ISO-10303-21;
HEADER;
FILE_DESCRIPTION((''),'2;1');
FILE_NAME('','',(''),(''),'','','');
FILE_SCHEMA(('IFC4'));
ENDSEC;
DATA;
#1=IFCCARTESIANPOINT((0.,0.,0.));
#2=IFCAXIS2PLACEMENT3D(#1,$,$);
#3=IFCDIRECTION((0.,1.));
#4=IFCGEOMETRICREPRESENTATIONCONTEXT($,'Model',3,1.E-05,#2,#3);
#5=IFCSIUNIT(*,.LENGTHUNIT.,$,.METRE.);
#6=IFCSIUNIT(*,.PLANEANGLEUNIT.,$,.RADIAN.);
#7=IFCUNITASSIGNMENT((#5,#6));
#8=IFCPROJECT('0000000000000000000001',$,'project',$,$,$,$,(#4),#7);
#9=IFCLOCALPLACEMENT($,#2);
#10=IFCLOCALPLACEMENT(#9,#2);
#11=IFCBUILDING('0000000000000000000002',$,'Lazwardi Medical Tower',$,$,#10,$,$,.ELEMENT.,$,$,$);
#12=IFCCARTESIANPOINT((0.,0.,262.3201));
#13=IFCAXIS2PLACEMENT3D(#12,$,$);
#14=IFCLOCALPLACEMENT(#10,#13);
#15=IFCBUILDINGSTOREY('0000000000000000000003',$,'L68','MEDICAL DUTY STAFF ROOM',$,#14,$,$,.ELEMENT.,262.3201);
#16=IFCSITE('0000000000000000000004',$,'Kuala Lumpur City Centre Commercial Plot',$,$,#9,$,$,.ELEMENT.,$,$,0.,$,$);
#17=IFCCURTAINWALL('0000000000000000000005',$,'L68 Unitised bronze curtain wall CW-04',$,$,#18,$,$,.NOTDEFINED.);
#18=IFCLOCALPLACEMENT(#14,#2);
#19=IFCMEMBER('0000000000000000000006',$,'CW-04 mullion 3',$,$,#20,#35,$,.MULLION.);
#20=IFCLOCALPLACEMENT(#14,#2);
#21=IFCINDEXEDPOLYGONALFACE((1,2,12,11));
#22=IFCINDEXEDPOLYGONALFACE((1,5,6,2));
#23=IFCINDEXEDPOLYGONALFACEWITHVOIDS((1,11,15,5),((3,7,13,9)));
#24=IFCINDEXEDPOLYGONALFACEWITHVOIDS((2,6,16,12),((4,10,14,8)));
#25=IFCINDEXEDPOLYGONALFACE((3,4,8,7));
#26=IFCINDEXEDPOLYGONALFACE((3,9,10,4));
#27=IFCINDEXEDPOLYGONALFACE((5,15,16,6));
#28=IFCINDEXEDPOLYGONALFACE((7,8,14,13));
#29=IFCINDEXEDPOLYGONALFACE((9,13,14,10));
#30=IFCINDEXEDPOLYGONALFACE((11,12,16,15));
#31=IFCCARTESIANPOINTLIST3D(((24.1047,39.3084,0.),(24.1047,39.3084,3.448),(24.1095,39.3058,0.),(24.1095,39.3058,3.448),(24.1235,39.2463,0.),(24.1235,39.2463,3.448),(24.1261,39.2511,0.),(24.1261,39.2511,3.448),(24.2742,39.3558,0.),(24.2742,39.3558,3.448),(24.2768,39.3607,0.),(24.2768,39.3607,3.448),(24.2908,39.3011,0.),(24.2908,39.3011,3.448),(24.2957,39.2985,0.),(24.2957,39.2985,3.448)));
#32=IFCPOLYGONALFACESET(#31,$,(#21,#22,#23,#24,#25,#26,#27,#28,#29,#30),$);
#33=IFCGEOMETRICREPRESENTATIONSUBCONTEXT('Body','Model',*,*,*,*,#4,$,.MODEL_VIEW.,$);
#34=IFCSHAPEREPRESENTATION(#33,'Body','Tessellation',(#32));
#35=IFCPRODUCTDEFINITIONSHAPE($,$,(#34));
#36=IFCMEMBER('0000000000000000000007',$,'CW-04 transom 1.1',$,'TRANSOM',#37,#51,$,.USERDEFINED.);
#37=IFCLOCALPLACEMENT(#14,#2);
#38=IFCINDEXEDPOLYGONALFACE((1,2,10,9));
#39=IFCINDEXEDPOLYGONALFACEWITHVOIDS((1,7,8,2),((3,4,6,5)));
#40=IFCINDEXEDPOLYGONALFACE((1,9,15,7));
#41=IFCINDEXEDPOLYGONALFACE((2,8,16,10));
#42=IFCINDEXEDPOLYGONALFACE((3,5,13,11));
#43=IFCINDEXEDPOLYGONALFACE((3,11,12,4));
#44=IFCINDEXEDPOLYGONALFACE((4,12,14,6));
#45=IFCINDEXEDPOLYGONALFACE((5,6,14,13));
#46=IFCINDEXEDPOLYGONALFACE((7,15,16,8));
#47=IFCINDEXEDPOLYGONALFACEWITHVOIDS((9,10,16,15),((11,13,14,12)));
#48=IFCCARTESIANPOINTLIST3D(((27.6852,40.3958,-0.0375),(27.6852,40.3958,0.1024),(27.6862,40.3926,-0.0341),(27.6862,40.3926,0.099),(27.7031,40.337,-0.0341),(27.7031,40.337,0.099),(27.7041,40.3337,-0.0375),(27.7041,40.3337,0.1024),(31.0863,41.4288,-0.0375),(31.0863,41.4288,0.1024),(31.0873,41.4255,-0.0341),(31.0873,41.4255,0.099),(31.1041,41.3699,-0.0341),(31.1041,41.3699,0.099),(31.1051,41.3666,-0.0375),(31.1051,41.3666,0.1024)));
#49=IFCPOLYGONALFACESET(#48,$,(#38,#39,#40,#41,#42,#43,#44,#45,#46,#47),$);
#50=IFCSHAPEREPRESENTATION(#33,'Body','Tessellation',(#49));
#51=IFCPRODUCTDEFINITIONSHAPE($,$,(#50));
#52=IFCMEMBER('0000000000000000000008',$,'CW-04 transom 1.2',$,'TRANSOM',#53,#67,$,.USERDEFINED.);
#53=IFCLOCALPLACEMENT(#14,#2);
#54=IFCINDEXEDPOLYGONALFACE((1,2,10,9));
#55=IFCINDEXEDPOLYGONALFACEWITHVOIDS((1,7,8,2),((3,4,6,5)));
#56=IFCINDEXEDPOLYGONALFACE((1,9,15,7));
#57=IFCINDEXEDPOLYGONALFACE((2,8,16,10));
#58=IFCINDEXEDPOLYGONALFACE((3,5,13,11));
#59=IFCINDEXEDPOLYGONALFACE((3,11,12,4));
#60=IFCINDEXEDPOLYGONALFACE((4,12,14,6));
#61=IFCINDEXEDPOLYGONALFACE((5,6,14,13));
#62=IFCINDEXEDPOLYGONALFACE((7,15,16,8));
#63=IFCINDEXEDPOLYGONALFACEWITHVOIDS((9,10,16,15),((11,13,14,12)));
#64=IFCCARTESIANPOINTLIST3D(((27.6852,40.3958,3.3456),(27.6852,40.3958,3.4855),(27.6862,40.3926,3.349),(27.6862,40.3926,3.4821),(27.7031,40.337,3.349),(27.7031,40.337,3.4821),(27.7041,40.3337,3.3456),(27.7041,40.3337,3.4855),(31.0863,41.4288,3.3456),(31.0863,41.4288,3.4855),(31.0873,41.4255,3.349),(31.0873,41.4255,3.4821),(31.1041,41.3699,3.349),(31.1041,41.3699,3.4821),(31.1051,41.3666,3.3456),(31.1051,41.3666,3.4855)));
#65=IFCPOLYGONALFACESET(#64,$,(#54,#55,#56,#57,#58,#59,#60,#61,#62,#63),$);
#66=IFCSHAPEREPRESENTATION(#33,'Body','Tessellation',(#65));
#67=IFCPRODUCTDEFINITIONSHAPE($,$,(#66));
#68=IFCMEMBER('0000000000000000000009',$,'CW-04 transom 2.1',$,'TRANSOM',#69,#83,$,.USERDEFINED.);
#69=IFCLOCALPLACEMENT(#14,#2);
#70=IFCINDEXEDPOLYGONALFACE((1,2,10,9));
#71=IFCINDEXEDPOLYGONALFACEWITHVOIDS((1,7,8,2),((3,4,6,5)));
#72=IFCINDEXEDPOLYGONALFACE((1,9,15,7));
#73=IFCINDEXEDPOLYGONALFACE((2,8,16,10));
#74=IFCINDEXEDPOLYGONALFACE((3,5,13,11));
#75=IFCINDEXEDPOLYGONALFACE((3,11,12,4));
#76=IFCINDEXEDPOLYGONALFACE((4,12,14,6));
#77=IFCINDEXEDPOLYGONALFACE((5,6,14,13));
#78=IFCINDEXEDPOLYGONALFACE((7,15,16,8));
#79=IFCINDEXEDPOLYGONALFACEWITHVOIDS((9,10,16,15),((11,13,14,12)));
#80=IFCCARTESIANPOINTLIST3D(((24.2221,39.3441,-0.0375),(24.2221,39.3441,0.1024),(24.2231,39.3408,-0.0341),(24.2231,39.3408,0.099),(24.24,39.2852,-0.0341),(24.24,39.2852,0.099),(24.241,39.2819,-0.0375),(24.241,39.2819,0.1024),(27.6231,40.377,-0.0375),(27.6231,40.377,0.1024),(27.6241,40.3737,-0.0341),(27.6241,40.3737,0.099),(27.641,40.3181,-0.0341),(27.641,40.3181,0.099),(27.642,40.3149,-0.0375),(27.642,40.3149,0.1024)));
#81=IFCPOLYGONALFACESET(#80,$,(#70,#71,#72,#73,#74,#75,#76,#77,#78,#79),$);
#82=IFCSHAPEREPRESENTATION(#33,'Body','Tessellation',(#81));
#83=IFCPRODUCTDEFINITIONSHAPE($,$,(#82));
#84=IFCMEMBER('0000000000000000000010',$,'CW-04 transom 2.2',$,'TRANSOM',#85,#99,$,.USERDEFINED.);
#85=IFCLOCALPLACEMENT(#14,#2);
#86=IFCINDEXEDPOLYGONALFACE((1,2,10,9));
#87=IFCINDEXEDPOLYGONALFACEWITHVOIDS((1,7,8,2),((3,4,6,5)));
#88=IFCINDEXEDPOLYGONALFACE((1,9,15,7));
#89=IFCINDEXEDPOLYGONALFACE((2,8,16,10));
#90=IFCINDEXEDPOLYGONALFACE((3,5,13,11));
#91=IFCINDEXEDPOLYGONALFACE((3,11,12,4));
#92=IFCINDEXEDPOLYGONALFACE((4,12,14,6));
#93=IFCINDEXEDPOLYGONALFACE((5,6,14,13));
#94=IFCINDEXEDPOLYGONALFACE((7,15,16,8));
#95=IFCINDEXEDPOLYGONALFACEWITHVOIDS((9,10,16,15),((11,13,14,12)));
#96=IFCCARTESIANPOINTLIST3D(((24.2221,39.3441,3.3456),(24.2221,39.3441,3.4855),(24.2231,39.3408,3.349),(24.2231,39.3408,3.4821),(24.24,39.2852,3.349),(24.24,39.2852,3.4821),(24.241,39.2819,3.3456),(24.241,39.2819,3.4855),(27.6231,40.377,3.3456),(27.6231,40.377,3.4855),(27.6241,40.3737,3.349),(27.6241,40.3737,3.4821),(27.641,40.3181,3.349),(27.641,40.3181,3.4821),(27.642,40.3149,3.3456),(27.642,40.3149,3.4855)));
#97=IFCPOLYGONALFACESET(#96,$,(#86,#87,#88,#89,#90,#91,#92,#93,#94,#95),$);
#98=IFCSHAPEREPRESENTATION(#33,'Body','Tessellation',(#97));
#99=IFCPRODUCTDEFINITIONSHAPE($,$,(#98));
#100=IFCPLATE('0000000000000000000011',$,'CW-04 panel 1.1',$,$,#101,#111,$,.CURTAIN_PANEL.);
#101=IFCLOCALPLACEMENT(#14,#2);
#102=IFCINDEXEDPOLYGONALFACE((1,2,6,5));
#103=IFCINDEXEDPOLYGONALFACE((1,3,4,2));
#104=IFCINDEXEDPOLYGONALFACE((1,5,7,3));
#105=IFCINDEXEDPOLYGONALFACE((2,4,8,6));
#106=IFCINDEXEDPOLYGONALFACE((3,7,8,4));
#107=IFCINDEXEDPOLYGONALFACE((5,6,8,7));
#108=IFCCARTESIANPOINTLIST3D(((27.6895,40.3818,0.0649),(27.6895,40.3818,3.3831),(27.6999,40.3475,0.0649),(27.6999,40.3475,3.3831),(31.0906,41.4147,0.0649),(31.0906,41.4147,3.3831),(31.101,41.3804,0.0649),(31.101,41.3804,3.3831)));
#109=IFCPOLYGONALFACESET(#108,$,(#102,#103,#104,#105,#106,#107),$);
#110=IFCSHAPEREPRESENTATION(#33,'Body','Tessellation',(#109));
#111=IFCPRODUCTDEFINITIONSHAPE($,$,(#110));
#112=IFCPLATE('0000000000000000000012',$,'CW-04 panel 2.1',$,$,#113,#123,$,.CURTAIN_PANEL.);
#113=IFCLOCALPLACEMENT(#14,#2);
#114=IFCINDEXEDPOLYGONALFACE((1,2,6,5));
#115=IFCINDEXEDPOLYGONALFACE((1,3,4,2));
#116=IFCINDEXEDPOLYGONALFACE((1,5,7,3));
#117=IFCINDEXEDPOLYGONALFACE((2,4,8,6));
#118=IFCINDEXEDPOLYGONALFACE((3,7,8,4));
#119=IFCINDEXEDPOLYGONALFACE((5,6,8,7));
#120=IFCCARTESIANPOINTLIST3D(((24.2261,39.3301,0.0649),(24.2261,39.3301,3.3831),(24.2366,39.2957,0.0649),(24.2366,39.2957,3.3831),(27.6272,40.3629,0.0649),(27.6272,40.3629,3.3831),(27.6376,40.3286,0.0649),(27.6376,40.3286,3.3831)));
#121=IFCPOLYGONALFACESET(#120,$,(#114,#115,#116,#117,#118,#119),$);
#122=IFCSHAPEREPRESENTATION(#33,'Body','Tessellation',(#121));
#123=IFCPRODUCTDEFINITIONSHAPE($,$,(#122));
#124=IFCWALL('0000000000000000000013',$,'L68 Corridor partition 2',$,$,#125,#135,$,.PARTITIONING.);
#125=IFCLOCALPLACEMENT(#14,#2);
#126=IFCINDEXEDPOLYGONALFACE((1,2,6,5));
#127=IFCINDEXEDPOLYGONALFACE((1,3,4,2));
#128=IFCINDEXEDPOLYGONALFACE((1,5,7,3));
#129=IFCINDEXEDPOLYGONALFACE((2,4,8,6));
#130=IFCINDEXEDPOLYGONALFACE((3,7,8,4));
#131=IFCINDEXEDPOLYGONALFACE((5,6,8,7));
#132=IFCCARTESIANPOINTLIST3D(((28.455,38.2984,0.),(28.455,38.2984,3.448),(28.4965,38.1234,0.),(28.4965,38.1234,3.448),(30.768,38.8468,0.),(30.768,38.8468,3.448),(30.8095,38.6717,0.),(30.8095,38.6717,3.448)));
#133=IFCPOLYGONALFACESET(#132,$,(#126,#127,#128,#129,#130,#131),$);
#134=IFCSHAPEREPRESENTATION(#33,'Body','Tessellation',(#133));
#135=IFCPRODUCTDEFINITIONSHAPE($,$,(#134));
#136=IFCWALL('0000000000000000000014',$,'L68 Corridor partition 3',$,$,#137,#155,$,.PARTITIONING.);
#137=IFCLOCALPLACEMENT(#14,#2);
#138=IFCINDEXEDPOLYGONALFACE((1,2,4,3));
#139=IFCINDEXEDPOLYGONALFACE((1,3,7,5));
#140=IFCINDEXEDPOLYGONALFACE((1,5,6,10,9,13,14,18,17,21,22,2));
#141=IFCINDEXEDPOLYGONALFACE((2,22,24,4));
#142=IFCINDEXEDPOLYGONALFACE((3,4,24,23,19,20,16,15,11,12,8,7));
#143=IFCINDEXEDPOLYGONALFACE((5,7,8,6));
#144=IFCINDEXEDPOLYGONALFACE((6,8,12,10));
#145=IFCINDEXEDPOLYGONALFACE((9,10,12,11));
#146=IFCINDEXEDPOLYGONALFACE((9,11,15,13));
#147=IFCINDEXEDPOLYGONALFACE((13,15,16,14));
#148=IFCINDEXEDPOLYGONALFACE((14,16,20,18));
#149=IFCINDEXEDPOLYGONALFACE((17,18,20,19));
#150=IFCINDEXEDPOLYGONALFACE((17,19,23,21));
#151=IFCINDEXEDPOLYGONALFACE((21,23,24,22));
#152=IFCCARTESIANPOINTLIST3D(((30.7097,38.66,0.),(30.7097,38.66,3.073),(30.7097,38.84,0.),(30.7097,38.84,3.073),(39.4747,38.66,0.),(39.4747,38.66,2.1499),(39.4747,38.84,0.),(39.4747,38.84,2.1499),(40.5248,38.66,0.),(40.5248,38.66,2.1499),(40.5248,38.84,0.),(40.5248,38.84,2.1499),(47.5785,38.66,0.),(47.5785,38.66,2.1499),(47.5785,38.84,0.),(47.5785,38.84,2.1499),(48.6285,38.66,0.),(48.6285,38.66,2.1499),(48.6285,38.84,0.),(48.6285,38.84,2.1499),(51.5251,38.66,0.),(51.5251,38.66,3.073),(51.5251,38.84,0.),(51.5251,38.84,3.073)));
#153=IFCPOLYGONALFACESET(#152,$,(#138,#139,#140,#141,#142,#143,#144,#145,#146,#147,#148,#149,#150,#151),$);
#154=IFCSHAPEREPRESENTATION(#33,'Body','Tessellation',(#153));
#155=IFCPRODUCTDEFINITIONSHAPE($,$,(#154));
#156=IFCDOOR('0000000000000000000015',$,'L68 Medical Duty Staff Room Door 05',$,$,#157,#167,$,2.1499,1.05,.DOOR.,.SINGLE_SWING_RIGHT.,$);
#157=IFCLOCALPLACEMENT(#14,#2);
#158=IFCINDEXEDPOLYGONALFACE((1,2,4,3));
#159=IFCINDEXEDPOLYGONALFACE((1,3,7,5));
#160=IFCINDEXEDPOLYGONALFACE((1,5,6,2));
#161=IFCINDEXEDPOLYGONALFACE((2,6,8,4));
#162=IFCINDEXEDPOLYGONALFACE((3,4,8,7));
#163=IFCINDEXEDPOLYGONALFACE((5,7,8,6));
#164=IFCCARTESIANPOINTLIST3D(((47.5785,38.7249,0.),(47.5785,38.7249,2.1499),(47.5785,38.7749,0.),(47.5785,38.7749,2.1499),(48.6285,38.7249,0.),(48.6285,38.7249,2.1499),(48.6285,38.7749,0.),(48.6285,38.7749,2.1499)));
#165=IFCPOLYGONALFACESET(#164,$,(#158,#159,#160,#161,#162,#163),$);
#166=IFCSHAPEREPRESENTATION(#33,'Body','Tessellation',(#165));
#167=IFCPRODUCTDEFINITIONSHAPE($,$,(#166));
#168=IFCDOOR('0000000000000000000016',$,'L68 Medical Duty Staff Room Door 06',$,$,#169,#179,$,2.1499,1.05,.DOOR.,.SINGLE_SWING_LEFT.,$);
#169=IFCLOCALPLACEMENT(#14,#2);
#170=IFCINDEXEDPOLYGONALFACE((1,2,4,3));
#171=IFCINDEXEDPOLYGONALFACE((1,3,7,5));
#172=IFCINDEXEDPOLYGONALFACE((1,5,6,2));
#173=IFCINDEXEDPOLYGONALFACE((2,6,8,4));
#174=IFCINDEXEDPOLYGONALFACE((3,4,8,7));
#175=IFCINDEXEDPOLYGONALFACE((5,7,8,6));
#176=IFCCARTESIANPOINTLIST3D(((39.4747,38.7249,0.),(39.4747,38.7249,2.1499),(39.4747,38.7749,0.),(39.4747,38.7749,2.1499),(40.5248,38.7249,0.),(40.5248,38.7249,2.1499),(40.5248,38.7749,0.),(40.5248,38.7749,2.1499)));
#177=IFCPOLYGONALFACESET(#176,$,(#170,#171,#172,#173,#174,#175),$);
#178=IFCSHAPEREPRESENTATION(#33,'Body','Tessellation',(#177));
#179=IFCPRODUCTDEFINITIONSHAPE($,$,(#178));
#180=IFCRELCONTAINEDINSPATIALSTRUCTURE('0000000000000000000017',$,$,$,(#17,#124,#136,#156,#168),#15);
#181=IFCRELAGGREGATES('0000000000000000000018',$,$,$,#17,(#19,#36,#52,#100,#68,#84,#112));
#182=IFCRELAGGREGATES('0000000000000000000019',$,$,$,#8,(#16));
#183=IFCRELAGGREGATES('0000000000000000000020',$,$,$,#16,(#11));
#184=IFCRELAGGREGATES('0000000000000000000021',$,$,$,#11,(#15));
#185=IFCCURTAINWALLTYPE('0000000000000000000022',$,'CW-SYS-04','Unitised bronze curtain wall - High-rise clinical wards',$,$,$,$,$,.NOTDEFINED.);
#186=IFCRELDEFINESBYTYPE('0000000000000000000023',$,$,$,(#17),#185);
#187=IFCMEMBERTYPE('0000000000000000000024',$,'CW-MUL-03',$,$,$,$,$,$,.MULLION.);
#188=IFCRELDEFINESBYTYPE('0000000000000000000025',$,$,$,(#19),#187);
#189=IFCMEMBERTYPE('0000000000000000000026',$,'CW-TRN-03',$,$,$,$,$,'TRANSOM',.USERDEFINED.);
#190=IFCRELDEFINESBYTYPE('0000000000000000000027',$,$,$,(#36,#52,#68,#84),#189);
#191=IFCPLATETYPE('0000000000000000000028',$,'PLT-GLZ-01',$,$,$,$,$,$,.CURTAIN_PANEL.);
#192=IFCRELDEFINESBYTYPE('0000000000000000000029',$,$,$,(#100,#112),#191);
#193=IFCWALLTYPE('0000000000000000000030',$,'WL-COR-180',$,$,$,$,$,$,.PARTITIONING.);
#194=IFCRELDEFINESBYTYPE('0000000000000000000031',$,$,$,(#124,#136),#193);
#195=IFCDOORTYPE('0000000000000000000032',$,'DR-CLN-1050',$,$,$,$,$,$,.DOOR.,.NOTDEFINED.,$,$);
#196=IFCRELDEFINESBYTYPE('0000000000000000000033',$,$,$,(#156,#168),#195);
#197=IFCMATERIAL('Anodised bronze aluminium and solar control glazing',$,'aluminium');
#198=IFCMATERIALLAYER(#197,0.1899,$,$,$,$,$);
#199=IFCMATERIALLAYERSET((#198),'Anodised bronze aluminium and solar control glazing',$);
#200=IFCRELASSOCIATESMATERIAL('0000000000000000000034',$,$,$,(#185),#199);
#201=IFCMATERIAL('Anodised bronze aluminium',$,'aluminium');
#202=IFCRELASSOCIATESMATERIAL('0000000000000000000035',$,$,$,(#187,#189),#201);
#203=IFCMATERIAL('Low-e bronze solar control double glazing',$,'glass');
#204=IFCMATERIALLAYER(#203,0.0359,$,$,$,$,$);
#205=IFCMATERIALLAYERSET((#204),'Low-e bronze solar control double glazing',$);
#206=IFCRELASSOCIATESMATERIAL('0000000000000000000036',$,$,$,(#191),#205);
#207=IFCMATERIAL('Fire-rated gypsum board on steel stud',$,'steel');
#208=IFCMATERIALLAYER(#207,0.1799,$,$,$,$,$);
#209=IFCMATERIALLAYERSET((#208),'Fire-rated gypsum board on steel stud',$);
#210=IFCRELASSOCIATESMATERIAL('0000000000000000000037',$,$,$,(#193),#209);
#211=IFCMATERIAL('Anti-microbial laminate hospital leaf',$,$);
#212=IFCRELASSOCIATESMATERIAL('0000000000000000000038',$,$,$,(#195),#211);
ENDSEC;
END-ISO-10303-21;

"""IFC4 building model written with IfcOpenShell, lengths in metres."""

from ifc_helpers import new_model, si_unit, direction, frame, frame_2d, origin, origin_2d, place, context, subcontext, project, spatial, rectangle, hollow_rectangle, extrude, material, layer, layer_set, material_profile, profile_set, type_object, element, fill, aggregate, save


model = new_model("IFC4")

# Units and contexts
model_context = context("Model", 3, precision=1e-05, world=origin(), true_north=direction((0.0, 1.0)))
body_context = subcontext(model_context, "Body", "Model", "MODEL_VIEW")
ifc_project = project(units=[si_unit("LENGTHUNIT", "METRE"), si_unit("PLANEANGLEUNIT", "RADIAN")], contexts=[model_context])

# Site, building, storey
site_placement = place(None, origin())
site = spatial("IfcSite", under=ifc_project, at=site_placement, Name="Kuala Lumpur City Centre Commercial Plot", CompositionType="ELEMENT", RefElevation=0.0)
building_placement = place(site_placement, origin())
building = spatial("IfcBuilding", under=site, at=building_placement, Name="Lazwardi Medical Tower", CompositionType="ELEMENT")
storey_placement = place(building_placement, frame((0.0, 0.0, 262.3201)))
storey = spatial("IfcBuildingStorey", under=building, at=storey_placement, Name="L68", Description="MEDICAL DUTY STAFF ROOM", CompositionType="ELEMENT", Elevation=262.3201)

# Curtain wall, members, plates
ifc_material_1 = material(Name="Anodised bronze aluminium and solar control glazing", Category="aluminium")
ifc_layer_1 = layer(ifc_material_1, 0.1899)
ifc_layer_set_1 = layer_set([ifc_layer_1], Name="Anodised bronze aluminium and solar control glazing")
curtain_wall_type = type_object("IfcCurtainWallType", Name="CW-SYS-04", Description="Unitised bronze curtain wall - High-rise clinical wards", PredefinedType="NOTDEFINED", material=ifc_layer_set_1)
curtain_wall_placement = place(storey_placement, origin())
curtain_wall = element("IfcCurtainWall", 1, at=curtain_wall_placement, inside=storey, type_object=curtain_wall_type, Name="L68 Unitised bronze curtain wall CW-04", PredefinedType="NOTDEFINED")
ifc_material_2 = material(Name="Anodised bronze aluminium", Category="aluminium")
ifc_material_profile_1 = material_profile(ifc_material_2, hollow_rectangle(XDim=0.0649, YDim=0.1799, WallThickness=0.0039, at=origin_2d()), Name="ALU-MULLION 180x65x4")
ifc_profile_set_1 = profile_set([ifc_material_profile_1], Name="Anodised bronze aluminium")
member_type_1 = type_object("IfcMemberType", Name="CW-MUL-03", PredefinedType="MULLION", material=ifc_profile_set_1)
member_1_placement = place(storey_placement, frame((24.2002, 39.3035, 0.0), z_axis=(0.0, 0.0, 1.0), x_axis=(0.290582, -0.95685, 0.0)))
member_1 = element("IfcMember", 2, at=member_1_placement, type_object=member_type_1, Name="CW-04 mullion 3", PredefinedType="MULLION", context=body_context, shape_type="SweptSolid", body=[
    extrude(hollow_rectangle(XDim=0.0649, YDim=0.1799, WallThickness=0.0039, at=origin_2d()), origin(), (0.0, 0.0, 1.0), 3.448),
])
ifc_material_profile_2 = material_profile(ifc_material_2, hollow_rectangle(XDim=0.0649, YDim=0.1399, WallThickness=0.0034, at=origin_2d()), Name="ALU-TRANSOM 140x65x3.5")
ifc_profile_set_2 = profile_set([ifc_material_profile_2], Name="Anodised bronze aluminium")
member_type_2 = type_object("IfcMemberType", Name="CW-TRN-03", ElementType="TRANSOM", PredefinedType="USERDEFINED", material=ifc_profile_set_2)
member_2_placement = place(storey_placement, frame((31.0957, 41.3977, 0.0325), z_axis=(-0.956843, -0.290604, 0.0), x_axis=(0.290604, -0.956843, 0.0)))
member_2 = element("IfcMember", 3, at=member_2_placement, type_object=member_type_2, Name="CW-04 transom 1.1", ObjectType="TRANSOM", PredefinedType="USERDEFINED", context=body_context, shape_type="SweptSolid", body=[
    extrude(hollow_rectangle(XDim=0.0649, YDim=0.1399, WallThickness=0.0034, at=origin_2d()), origin(), (0.0, 0.0, 1.0), 3.5544),
])
member_3_placement = place(storey_placement, frame((31.0957, 41.3977, 3.4155), z_axis=(-0.956843, -0.290604, 0.0), x_axis=(0.290604, -0.956843, 0.0)))
member_3 = element("IfcMember", 4, at=member_3_placement, type_object=member_type_2, Name="CW-04 transom 1.2", ObjectType="TRANSOM", PredefinedType="USERDEFINED", context=body_context, shape_type="SweptSolid", body=[
    extrude(hollow_rectangle(XDim=0.0649, YDim=0.1399, WallThickness=0.0034, at=origin_2d()), origin(), (0.0, 0.0, 1.0), 3.5544),
])
member_4_placement = place(storey_placement, frame((27.6326, 40.3459, 0.0325), z_axis=(-0.956843, -0.290604, 0.0), x_axis=(0.290604, -0.956843, 0.0)))
member_4 = element("IfcMember", 5, at=member_4_placement, type_object=member_type_2, Name="CW-04 transom 2.1", ObjectType="TRANSOM", PredefinedType="USERDEFINED", context=body_context, shape_type="SweptSolid", body=[
    extrude(hollow_rectangle(XDim=0.0649, YDim=0.1399, WallThickness=0.0034, at=origin_2d()), origin(), (0.0, 0.0, 1.0), 3.5544),
])
member_5_placement = place(storey_placement, frame((27.6326, 40.3459, 3.4155), z_axis=(-0.956843, -0.290604, 0.0), x_axis=(0.290604, -0.956843, 0.0)))
member_5 = element("IfcMember", 6, at=member_5_placement, type_object=member_type_2, Name="CW-04 transom 2.2", ObjectType="TRANSOM", PredefinedType="USERDEFINED", context=body_context, shape_type="SweptSolid", body=[
    extrude(hollow_rectangle(XDim=0.0649, YDim=0.1399, WallThickness=0.0034, at=origin_2d()), origin(), (0.0, 0.0, 1.0), 3.5544),
])
ifc_material_3 = material(Name="Low-e bronze solar control double glazing", Category="glass")
ifc_layer_2 = layer(ifc_material_3, 0.0359)
ifc_layer_set_2 = layer_set([ifc_layer_2], Name="Low-e bronze solar control double glazing")
plate_type = type_object("IfcPlateType", Name="PLT-GLZ-01", PredefinedType="CURTAIN_PANEL", material=ifc_layer_set_2)
plate_1_placement = place(storey_placement, frame((29.3953, 40.8811, 0.0649), z_axis=(0.0, 0.0, 1.0), x_axis=(-0.95685, -0.290582, 0.0)))
plate_1 = element("IfcPlate", 7, at=plate_1_placement, type_object=plate_type, Name="CW-04 panel 1.1", PredefinedType="CURTAIN_PANEL", context=body_context, shape_type="SweptSolid", body=[
    extrude(rectangle(XDim=3.5544, YDim=0.0359, at=origin_2d()), origin(), (0.0, 0.0, 1.0), 3.3181),
])
plate_2_placement = place(storey_placement, frame((25.9319, 39.8293, 0.0649), z_axis=(0.0, 0.0, 1.0), x_axis=(-0.95685, -0.290582, 0.0)))
plate_2 = element("IfcPlate", 8, at=plate_2_placement, type_object=plate_type, Name="CW-04 panel 2.1", PredefinedType="CURTAIN_PANEL", context=body_context, shape_type="SweptSolid", body=[
    extrude(rectangle(XDim=3.5544, YDim=0.0359, at=origin_2d()), origin(), (0.0, 0.0, 1.0), 3.3181),
])
aggregate(curtain_wall, [member_1, member_2, member_3, plate_1, member_4, member_5, plate_2])

# Wall
ifc_material_4 = material(Name="Fire-rated gypsum board on steel stud", Category="steel")
ifc_layer_3 = layer(ifc_material_4, 0.1799)
ifc_layer_set_3 = layer_set([ifc_layer_3], Name="Fire-rated gypsum board on steel stud")
wall_type = type_object("IfcWallType", Name="WL-COR-180", PredefinedType="PARTITIONING", material=ifc_layer_set_3)
wall_1_placement = place(storey_placement, frame((28.4758, 38.2109, 0.0), z_axis=(0.0, 0.0, 1.0), x_axis=(0.973031, 0.230676, 0.0)))
element("IfcWall", 9, at=wall_1_placement, inside=storey, type_object=wall_type, Name="L68 Corridor partition 2", PredefinedType="PARTITIONING", context=body_context, shape_type="SweptSolid", body=[
    extrude(rectangle(XDim=2.3772, YDim=0.1799, at=frame_2d((1.1885, 0.0))), origin(), (0.0, 0.0, 1.0), 3.448),
])

# Wall, openings, doors
wall_2_placement = place(storey_placement, frame((30.7097, 38.75, 0.0), z_axis=(0.0, 0.0, 1.0), x_axis=(1.0, 0.0, 0.0)))
wall_2 = element("IfcWall", 10, at=wall_2_placement, inside=storey, type_object=wall_type, Name="L68 Corridor partition 3", PredefinedType="PARTITIONING", context=body_context, shape_type="SweptSolid", body=[
    extrude(rectangle(XDim=20.8154, YDim=0.1799, at=frame_2d((10.4077, 0.0))), origin(), (0.0, 0.0, 1.0), 3.073),
])
opening_1_placement = place(wall_2_placement, frame((16.8689, 0.0, 0.0)))
opening_1 = element("IfcOpeningElement", 11, at=opening_1_placement, cuts=wall_2, PredefinedType="OPENING", context=body_context, shape_type="SweptSolid", body=[
    extrude(rectangle(XDim=1.05, YDim=2.1499, at=frame_2d((0.5249, 1.075))), frame((0.0, 0.0999, 0.0), z_axis=(0.0, -1.0, 0.0), x_axis=(1.0, 0.0, 0.0)), (0.0, 0.0, 1.0), 0.2),
])
opening_2_placement = place(wall_2_placement, frame((8.7651, 0.0, 0.0)))
opening_2 = element("IfcOpeningElement", 12, at=opening_2_placement, cuts=wall_2, PredefinedType="OPENING", context=body_context, shape_type="SweptSolid", body=[
    extrude(rectangle(XDim=1.05, YDim=2.1499, at=frame_2d((0.5249, 1.075))), frame((0.0, 0.0999, 0.0), z_axis=(0.0, -1.0, 0.0), x_axis=(1.0, 0.0, 0.0)), (0.0, 0.0, 1.0), 0.2),
])
ifc_material_5 = material(Name="Anti-microbial laminate hospital leaf")
door_type = type_object("IfcDoorType", Name="DR-CLN-1050", OperationType="NOTDEFINED", PredefinedType="DOOR", material=ifc_material_5)
door_1_placement = place(opening_1_placement, origin())
door_1 = element("IfcDoor", 13, at=door_1_placement, inside=storey, type_object=door_type, Name="L68 Medical Duty Staff Room Door 05", OperationType="SINGLE_SWING_RIGHT", OverallHeight=2.1499, OverallWidth=1.05, PredefinedType="DOOR", context=body_context, shape_type="SweptSolid", body=[
    extrude(rectangle(XDim=1.05, YDim=2.1499, at=frame_2d((0.5249, 1.075))), frame((0.0, 0.0249, 0.0), z_axis=(0.0, -1.0, 0.0), x_axis=(1.0, 0.0, 0.0)), (0.0, 0.0, 1.0), 0.05),
])
fill(opening_1, door_1)
door_2_placement = place(opening_2_placement, origin())
door_2 = element("IfcDoor", 14, at=door_2_placement, inside=storey, type_object=door_type, Name="L68 Medical Duty Staff Room Door 06", OperationType="SINGLE_SWING_LEFT", OverallHeight=2.1499, OverallWidth=1.05, PredefinedType="DOOR", context=body_context, shape_type="SweptSolid", body=[
    extrude(rectangle(XDim=1.05, YDim=2.1499, at=frame_2d((0.5249, 1.075))), frame((0.0, 0.0249, 0.0), z_axis=(0.0, -1.0, 0.0), x_axis=(1.0, 0.0, 0.0)), (0.0, 0.0, 1.0), 0.05),
])
fill(opening_2, door_2)

save(model, "model.ifc")
